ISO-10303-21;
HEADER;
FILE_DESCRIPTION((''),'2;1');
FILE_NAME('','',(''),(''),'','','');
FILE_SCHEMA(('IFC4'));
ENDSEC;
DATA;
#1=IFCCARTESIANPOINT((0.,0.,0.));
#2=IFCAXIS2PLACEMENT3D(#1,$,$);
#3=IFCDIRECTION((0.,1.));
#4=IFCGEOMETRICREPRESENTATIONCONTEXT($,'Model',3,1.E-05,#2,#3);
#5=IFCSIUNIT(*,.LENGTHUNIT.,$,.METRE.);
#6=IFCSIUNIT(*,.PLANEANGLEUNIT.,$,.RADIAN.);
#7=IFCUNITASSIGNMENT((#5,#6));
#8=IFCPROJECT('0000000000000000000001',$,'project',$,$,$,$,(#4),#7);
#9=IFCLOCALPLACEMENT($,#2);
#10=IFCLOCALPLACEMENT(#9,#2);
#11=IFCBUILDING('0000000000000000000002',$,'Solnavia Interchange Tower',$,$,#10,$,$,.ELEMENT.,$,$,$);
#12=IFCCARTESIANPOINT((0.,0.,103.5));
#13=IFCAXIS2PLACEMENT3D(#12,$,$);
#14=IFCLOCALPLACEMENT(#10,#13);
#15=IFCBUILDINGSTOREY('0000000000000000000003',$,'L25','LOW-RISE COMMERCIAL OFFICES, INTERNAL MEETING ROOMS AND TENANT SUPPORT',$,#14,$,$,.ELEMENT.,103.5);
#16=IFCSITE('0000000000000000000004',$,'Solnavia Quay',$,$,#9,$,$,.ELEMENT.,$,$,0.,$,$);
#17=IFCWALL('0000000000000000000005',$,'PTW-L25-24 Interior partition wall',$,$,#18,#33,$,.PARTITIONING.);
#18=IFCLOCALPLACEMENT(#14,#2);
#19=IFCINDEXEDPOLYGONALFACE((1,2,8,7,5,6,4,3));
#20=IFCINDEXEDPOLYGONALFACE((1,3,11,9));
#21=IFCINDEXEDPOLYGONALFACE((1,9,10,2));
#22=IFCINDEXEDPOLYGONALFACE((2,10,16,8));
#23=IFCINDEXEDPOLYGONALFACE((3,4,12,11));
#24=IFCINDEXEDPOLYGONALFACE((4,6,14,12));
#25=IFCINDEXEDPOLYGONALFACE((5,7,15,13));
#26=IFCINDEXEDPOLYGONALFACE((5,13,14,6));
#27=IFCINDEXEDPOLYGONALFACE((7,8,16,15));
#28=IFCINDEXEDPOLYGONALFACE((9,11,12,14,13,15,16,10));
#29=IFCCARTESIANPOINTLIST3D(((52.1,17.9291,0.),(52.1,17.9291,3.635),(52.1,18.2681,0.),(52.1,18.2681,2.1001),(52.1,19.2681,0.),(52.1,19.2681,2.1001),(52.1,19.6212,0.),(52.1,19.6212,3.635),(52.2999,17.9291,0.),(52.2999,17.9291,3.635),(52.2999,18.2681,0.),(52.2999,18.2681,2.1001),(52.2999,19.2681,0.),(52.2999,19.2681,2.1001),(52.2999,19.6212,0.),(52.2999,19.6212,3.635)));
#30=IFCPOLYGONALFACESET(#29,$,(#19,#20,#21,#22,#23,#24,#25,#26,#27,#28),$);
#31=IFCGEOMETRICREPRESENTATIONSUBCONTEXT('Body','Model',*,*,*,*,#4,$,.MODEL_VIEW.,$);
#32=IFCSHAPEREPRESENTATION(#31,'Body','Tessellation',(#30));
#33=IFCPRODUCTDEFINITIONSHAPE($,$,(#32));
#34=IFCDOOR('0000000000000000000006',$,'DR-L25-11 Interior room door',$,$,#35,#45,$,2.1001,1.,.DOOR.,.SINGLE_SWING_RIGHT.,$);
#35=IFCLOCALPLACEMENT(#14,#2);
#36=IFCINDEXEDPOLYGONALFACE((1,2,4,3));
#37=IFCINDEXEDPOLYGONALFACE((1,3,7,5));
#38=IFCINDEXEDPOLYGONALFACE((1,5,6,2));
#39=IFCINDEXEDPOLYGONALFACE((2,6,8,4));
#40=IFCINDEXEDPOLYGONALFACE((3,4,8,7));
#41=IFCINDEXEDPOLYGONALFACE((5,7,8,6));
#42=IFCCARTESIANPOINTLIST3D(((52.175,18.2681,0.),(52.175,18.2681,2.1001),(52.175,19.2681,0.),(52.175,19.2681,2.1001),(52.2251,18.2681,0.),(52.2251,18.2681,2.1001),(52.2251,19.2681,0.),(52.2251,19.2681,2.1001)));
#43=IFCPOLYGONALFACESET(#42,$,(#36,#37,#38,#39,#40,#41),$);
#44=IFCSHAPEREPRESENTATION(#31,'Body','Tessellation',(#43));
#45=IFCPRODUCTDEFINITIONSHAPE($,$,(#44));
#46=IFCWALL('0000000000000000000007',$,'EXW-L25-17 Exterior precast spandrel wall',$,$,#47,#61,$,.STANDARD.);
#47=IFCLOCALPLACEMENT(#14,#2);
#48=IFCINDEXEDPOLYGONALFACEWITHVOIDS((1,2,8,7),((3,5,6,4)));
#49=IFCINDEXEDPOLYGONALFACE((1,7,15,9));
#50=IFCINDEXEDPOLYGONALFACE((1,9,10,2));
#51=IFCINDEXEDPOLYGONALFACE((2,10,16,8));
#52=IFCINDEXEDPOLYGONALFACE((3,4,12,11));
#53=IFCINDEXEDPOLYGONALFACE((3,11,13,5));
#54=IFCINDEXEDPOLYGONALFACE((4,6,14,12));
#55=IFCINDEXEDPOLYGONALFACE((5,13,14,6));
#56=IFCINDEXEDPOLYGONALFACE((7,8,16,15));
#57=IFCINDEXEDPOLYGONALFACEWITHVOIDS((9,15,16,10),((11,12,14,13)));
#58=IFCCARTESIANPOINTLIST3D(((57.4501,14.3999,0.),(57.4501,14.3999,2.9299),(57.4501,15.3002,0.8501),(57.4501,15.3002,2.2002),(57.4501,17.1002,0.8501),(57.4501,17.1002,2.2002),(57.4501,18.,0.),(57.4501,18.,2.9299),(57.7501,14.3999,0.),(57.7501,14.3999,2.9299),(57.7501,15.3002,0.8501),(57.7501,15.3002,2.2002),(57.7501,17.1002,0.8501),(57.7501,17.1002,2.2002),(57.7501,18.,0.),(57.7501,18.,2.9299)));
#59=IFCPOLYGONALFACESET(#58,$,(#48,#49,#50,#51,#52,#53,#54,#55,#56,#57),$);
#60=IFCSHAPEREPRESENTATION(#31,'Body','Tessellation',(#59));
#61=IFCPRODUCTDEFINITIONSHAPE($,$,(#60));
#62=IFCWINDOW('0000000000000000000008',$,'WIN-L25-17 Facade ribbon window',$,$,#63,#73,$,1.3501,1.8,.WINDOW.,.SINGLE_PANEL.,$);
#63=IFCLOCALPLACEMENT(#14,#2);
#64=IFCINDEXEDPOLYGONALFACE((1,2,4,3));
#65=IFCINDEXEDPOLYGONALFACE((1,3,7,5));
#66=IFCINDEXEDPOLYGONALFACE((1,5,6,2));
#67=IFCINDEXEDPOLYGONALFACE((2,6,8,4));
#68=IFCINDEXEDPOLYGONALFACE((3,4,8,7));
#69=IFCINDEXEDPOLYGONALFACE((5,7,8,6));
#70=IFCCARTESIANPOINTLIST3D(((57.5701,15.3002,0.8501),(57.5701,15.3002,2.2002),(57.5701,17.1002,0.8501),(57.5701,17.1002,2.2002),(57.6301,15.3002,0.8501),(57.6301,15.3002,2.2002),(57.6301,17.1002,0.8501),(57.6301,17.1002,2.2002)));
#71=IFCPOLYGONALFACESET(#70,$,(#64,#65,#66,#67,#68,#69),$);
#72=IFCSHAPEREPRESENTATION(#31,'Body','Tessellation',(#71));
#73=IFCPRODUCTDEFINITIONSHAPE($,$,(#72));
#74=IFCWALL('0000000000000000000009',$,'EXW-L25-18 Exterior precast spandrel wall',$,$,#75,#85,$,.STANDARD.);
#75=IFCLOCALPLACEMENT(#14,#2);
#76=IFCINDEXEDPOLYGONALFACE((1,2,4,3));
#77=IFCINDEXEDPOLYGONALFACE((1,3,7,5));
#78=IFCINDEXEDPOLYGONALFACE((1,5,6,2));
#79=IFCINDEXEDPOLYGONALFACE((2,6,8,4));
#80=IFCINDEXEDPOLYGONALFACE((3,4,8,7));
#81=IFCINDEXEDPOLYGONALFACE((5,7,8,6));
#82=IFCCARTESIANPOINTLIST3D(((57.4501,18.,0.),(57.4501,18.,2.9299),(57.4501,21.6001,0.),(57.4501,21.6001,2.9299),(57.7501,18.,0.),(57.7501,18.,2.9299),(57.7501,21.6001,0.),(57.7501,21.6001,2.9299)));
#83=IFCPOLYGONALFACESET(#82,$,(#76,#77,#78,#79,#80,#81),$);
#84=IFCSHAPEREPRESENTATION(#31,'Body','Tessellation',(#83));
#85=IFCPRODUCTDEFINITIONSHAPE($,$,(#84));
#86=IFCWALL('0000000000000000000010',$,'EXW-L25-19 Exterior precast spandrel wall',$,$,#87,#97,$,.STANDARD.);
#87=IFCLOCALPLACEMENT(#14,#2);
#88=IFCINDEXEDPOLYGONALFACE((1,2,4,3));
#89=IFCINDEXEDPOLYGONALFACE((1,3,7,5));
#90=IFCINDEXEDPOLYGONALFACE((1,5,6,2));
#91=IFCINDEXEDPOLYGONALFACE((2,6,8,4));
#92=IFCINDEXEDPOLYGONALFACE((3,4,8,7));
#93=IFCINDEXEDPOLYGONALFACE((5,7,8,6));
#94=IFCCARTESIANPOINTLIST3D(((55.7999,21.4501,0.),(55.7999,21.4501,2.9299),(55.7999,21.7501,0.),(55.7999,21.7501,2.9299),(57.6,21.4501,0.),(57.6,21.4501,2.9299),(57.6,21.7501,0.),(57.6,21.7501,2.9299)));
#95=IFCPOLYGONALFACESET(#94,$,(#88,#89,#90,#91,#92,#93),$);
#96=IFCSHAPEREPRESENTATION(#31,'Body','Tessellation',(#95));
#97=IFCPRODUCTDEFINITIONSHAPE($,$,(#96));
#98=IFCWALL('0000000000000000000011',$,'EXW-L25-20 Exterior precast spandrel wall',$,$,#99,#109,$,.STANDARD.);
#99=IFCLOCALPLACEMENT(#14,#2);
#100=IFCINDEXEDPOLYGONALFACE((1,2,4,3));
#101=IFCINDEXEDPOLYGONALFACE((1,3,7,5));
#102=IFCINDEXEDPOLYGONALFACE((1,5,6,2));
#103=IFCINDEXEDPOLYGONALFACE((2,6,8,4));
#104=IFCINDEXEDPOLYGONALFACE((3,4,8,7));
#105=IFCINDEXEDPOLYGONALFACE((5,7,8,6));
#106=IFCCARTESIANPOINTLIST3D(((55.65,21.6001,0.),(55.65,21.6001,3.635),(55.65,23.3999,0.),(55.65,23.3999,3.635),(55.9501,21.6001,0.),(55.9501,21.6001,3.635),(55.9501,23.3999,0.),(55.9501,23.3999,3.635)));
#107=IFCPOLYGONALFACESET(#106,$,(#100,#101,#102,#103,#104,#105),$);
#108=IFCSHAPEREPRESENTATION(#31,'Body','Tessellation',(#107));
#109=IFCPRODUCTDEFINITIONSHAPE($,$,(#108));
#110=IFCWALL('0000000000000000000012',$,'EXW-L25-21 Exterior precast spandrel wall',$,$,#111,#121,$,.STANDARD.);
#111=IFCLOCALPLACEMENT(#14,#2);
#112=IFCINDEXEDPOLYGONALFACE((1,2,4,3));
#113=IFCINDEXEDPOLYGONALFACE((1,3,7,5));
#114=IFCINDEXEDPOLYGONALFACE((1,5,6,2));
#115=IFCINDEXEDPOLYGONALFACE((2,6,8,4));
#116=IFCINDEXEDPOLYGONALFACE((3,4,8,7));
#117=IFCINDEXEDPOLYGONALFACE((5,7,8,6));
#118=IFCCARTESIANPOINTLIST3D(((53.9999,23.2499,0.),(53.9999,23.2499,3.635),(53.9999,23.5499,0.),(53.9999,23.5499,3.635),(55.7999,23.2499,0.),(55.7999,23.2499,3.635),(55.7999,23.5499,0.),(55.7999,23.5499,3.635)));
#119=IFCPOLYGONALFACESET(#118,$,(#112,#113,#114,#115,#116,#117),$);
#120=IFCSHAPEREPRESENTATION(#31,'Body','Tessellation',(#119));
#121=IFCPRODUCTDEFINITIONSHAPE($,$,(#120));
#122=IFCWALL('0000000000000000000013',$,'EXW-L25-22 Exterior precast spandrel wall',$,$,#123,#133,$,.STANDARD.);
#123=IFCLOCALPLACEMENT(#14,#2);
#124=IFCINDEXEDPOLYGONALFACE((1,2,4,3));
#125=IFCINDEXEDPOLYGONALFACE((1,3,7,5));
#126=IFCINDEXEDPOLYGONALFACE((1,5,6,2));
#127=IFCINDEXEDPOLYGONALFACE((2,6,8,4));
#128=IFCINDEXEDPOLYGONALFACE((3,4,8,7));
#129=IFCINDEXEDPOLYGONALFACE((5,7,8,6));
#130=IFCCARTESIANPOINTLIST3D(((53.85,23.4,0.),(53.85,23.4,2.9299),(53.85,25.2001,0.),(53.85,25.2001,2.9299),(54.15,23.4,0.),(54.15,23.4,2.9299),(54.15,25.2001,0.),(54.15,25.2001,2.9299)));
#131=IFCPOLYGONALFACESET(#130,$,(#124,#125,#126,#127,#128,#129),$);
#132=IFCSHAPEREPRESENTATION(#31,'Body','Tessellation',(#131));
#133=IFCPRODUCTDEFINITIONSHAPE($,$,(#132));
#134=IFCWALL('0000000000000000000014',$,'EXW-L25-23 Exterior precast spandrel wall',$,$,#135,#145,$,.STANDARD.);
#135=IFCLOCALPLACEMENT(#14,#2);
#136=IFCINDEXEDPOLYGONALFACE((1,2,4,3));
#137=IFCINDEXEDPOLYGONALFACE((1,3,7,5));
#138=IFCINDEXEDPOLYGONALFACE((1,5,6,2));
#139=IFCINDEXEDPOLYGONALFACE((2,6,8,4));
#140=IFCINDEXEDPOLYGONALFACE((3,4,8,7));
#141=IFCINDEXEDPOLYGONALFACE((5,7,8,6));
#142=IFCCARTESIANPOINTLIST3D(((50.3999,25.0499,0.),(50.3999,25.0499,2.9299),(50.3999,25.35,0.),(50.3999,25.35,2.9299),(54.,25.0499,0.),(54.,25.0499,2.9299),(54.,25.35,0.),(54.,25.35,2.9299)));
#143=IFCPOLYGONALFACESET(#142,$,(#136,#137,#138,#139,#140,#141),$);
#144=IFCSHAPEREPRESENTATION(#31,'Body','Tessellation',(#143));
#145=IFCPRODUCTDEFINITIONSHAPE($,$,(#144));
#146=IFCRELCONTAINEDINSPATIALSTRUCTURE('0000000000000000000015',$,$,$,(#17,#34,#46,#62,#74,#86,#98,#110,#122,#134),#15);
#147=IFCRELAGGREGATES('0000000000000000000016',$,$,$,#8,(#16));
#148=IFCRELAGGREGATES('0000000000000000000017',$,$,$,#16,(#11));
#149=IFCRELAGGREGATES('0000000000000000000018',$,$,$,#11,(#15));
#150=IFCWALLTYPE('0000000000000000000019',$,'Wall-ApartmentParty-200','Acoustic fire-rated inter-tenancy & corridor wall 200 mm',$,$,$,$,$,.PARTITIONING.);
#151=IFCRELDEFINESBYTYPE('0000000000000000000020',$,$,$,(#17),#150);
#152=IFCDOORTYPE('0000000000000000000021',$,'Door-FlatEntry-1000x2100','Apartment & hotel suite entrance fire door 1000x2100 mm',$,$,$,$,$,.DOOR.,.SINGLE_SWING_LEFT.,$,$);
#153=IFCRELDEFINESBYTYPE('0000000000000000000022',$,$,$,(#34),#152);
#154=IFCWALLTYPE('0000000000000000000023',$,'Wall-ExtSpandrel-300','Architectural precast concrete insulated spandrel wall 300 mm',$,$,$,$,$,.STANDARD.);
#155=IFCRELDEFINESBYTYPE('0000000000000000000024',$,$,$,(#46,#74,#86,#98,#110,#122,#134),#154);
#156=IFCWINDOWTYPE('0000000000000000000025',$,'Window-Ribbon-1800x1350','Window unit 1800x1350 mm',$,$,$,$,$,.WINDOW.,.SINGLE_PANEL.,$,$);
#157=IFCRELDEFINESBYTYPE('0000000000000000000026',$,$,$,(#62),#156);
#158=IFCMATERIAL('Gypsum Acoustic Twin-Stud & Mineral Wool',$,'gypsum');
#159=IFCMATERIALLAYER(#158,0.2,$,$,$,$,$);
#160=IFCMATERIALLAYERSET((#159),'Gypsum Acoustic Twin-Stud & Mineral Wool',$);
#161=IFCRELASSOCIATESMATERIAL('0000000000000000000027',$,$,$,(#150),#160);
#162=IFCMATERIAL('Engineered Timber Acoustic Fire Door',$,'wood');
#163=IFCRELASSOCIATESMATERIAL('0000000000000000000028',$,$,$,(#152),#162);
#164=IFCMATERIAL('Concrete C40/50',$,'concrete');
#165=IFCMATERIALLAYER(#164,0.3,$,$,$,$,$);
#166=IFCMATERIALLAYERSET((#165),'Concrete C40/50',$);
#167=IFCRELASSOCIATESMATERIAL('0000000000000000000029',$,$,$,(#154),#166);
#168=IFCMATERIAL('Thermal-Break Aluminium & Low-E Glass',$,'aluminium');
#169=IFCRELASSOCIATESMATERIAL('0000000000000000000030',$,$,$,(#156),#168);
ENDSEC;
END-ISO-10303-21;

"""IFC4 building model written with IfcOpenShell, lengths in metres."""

from ifc_helpers import new_model, si_unit, direction, frame, frame_2d, origin, place, context, subcontext, project, spatial, rectangle, extrude, material, layer, layer_set, type_object, element, fill, save


model = new_model("IFC4")

# Units and contexts
model_context = context("Model", 3, precision=1e-05, world=origin(), true_north=direction((0.0, 1.0)))
body_context = subcontext(model_context, "Body", "Model", "MODEL_VIEW")
ifc_project = project(units=[si_unit("LENGTHUNIT", "METRE"), si_unit("PLANEANGLEUNIT", "RADIAN")], contexts=[model_context])

# Site, building, storey
site_placement = place(None, origin())
site = spatial("IfcSite", under=ifc_project, at=site_placement, Name="Solnavia Quay", CompositionType="ELEMENT", RefElevation=0.0)
building_placement = place(site_placement, origin())
building = spatial("IfcBuilding", under=site, at=building_placement, Name="Solnavia Interchange Tower", CompositionType="ELEMENT")
storey_placement = place(building_placement, frame((0.0, 0.0, 103.5)))
storey = spatial("IfcBuildingStorey", under=building, at=storey_placement, Name="L25", Description="LOW-RISE COMMERCIAL OFFICES, INTERNAL MEETING ROOMS AND TENANT SUPPORT", CompositionType="ELEMENT", Elevation=103.5)

# Shared definitions
ifc_material_1 = material(Name="Gypsum Acoustic Twin-Stud & Mineral Wool", Category="gypsum")
ifc_layer_1 = layer(ifc_material_1, 0.2)
ifc_layer_set_1 = layer_set([ifc_layer_1], Name="Gypsum Acoustic Twin-Stud & Mineral Wool")
wall_type_1 = type_object("IfcWallType", Name="Wall-ApartmentParty-200", Description="Acoustic fire-rated inter-tenancy & corridor wall 200 mm", PredefinedType="PARTITIONING", material=ifc_layer_set_1)

# Wall, opening, door
wall_1_placement = place(storey_placement, frame((52.2, 17.929, 0.0), z_axis=(0.0, 0.0, 1.0), x_axis=(0.0, 1.0, 0.0)))
wall_1 = element("IfcWall", 1, at=wall_1_placement, inside=storey, type_object=wall_type_1, Name="PTW-L25-24 Interior partition wall", PredefinedType="PARTITIONING", context=body_context, shape_type="SweptSolid", body=[
    extrude(rectangle(XDim=1.6921, YDim=0.2, at=frame_2d((0.8462, 0.0))), origin(), (0.0, 0.0, 1.0), 3.635),
])
opening_1_placement = place(wall_1_placement, frame((0.3391, 0.0, 0.0)))
opening_1 = element("IfcOpeningElement", 2, at=opening_1_placement, cuts=wall_1, PredefinedType="OPENING", context=body_context, shape_type="SweptSolid", body=[
    extrude(rectangle(XDim=1.0, YDim=2.1001, at=frame_2d((0.5, 1.05))), frame((0.0, 0.1099, 0.0), z_axis=(0.0, -1.0, 0.0), x_axis=(1.0, 0.0, 0.0)), (0.0, 0.0, 1.0), 0.22),
])
ifc_material_2 = material(Name="Engineered Timber Acoustic Fire Door", Category="wood")
door_type = type_object("IfcDoorType", Name="Door-FlatEntry-1000x2100", Description="Apartment & hotel suite entrance fire door 1000x2100 mm", OperationType="SINGLE_SWING_LEFT", PredefinedType="DOOR", material=ifc_material_2)
door_placement = place(opening_1_placement, origin())
door = element("IfcDoor", 3, at=door_placement, inside=storey, type_object=door_type, Name="DR-L25-11 Interior room door", OperationType="SINGLE_SWING_RIGHT", OverallHeight=2.1001, OverallWidth=1.0, PredefinedType="DOOR", context=body_context, shape_type="SweptSolid", body=[
    extrude(rectangle(XDim=1.0, YDim=2.1001, at=frame_2d((0.5, 1.05))), frame((0.0, 0.0249, 0.0), z_axis=(0.0, -1.0, 0.0), x_axis=(1.0, 0.0, 0.0)), (0.0, 0.0, 1.0), 0.05),
])
fill(opening_1, door)

# Wall, opening, window
ifc_material_3 = material(Name="Concrete C40/50", Category="concrete")
ifc_layer_2 = layer(ifc_material_3, 0.3)
ifc_layer_set_2 = layer_set([ifc_layer_2], Name="Concrete C40/50")
wall_type_2 = type_object("IfcWallType", Name="Wall-ExtSpandrel-300", Description="Architectural precast concrete insulated spandrel wall 300 mm", PredefinedType="STANDARD", material=ifc_layer_set_2)
wall_2_placement = place(storey_placement, frame((57.6001, 18.0, 0.0), z_axis=(0.0, 0.0, 1.0), x_axis=(0.0, -1.0, 0.0)))
wall_2 = element("IfcWall", 4, at=wall_2_placement, inside=storey, type_object=wall_type_2, Name="EXW-L25-17 Exterior precast spandrel wall", PredefinedType="STANDARD", context=body_context, shape_type="SweptSolid", body=[
    extrude(rectangle(XDim=3.6001, YDim=0.3, at=frame_2d((1.8, 0.0))), origin(), (0.0, 0.0, 1.0), 2.9299),
])
opening_2_placement = place(wall_2_placement, frame((0.8999, 0.0, 0.8501)))
opening_2 = element("IfcOpeningElement", 5, at=opening_2_placement, cuts=wall_2, PredefinedType="OPENING", context=body_context, shape_type="SweptSolid", body=[
    extrude(rectangle(XDim=1.8, YDim=1.3501, at=frame_2d((0.8999, 0.675))), frame((0.0, 0.1602, 0.0), z_axis=(0.0, -1.0, 0.0), x_axis=(1.0, 0.0, 0.0)), (0.0, 0.0, 1.0), 0.3201),
])
ifc_material_4 = material(Name="Thermal-Break Aluminium & Low-E Glass", Category="aluminium")
window_type = type_object("IfcWindowType", Name="Window-Ribbon-1800x1350", Description="Window unit 1800x1350 mm", PartitioningType="SINGLE_PANEL", PredefinedType="WINDOW", material=ifc_material_4)
window_placement = place(opening_2_placement, origin())
window = element("IfcWindow", 6, at=window_placement, inside=storey, type_object=window_type, Name="WIN-L25-17 Facade ribbon window", OverallHeight=1.3501, OverallWidth=1.8, PartitioningType="SINGLE_PANEL", PredefinedType="WINDOW", context=body_context, shape_type="SweptSolid", body=[
    extrude(rectangle(XDim=1.8, YDim=1.3501, at=frame_2d((0.8999, 0.675))), frame((0.0, 0.03, 0.0), z_axis=(0.0, -1.0, 0.0), x_axis=(1.0, 0.0, 0.0)), (0.0, 0.0, 1.0), 0.0601),
])
fill(opening_2, window)

# Walls
wall_3_placement = place(storey_placement, frame((57.6001, 21.6001, 0.0), z_axis=(0.0, 0.0, 1.0), x_axis=(0.0, -1.0, 0.0)))
element("IfcWall", 7, at=wall_3_placement, inside=storey, type_object=wall_type_2, Name="EXW-L25-18 Exterior precast spandrel wall", PredefinedType="STANDARD", context=body_context, shape_type="SweptSolid", body=[
    extrude(rectangle(XDim=3.6001, YDim=0.3, at=frame_2d((1.8, 0.0))), origin(), (0.0, 0.0, 1.0), 2.9299),
])
wall_4_placement = place(storey_placement, frame((55.8, 21.6001, 0.0), z_axis=(0.0, 0.0, 1.0), x_axis=(1.0, 0.0, 0.0)))
element("IfcWall", 8, at=wall_4_placement, inside=storey, type_object=wall_type_2, Name="EXW-L25-19 Exterior precast spandrel wall", PredefinedType="STANDARD", context=body_context, shape_type="SweptSolid", body=[
    extrude(rectangle(XDim=1.8, YDim=0.3, at=frame_2d((0.8999, 0.0))), origin(), (0.0, 0.0, 1.0), 2.9299),
])
wall_5_placement = place(storey_placement, frame((55.8, 23.3999, 0.0), z_axis=(0.0, 0.0, 1.0), x_axis=(0.0, -1.0, 0.0)))
element("IfcWall", 9, at=wall_5_placement, inside=storey, type_object=wall_type_2, Name="EXW-L25-20 Exterior precast spandrel wall", PredefinedType="STANDARD", context=body_context, shape_type="SweptSolid", body=[
    extrude(rectangle(XDim=1.7998, YDim=0.3, at=frame_2d((0.8999, 0.0))), origin(), (0.0, 0.0, 1.0), 3.635),
])
wall_6_placement = place(storey_placement, frame((54.0, 23.3999, 0.0), z_axis=(0.0, 0.0, 1.0), x_axis=(1.0, 0.0, 0.0)))
element("IfcWall", 10, at=wall_6_placement, inside=storey, type_object=wall_type_2, Name="EXW-L25-21 Exterior precast spandrel wall", PredefinedType="STANDARD", context=body_context, shape_type="SweptSolid", body=[
    extrude(rectangle(XDim=1.8, YDim=0.3, at=frame_2d((0.8999, 0.0))), origin(), (0.0, 0.0, 1.0), 3.635),
])
wall_7_placement = place(storey_placement, frame((54.0, 25.2, 0.0), z_axis=(0.0, 0.0, 1.0), x_axis=(0.0, -1.0, 0.0)))
element("IfcWall", 11, at=wall_7_placement, inside=storey, type_object=wall_type_2, Name="EXW-L25-22 Exterior precast spandrel wall", PredefinedType="STANDARD", context=body_context, shape_type="SweptSolid", body=[
    extrude(rectangle(XDim=1.8, YDim=0.3, at=frame_2d((0.8999, 0.0))), origin(), (0.0, 0.0, 1.0), 2.9299),
])
wall_8_placement = place(storey_placement, frame((50.3999, 25.2, 0.0), z_axis=(0.0, 0.0, 1.0), x_axis=(1.0, 0.0, 0.0)))
element("IfcWall", 12, at=wall_8_placement, inside=storey, type_object=wall_type_2, Name="EXW-L25-23 Exterior precast spandrel wall", PredefinedType="STANDARD", context=body_context, shape_type="SweptSolid", body=[
    extrude(rectangle(XDim=3.6001, YDim=0.3, at=frame_2d((1.8, 0.0))), origin(), (0.0, 0.0, 1.0), 2.9299),
])

save(model, "model.ifc")
